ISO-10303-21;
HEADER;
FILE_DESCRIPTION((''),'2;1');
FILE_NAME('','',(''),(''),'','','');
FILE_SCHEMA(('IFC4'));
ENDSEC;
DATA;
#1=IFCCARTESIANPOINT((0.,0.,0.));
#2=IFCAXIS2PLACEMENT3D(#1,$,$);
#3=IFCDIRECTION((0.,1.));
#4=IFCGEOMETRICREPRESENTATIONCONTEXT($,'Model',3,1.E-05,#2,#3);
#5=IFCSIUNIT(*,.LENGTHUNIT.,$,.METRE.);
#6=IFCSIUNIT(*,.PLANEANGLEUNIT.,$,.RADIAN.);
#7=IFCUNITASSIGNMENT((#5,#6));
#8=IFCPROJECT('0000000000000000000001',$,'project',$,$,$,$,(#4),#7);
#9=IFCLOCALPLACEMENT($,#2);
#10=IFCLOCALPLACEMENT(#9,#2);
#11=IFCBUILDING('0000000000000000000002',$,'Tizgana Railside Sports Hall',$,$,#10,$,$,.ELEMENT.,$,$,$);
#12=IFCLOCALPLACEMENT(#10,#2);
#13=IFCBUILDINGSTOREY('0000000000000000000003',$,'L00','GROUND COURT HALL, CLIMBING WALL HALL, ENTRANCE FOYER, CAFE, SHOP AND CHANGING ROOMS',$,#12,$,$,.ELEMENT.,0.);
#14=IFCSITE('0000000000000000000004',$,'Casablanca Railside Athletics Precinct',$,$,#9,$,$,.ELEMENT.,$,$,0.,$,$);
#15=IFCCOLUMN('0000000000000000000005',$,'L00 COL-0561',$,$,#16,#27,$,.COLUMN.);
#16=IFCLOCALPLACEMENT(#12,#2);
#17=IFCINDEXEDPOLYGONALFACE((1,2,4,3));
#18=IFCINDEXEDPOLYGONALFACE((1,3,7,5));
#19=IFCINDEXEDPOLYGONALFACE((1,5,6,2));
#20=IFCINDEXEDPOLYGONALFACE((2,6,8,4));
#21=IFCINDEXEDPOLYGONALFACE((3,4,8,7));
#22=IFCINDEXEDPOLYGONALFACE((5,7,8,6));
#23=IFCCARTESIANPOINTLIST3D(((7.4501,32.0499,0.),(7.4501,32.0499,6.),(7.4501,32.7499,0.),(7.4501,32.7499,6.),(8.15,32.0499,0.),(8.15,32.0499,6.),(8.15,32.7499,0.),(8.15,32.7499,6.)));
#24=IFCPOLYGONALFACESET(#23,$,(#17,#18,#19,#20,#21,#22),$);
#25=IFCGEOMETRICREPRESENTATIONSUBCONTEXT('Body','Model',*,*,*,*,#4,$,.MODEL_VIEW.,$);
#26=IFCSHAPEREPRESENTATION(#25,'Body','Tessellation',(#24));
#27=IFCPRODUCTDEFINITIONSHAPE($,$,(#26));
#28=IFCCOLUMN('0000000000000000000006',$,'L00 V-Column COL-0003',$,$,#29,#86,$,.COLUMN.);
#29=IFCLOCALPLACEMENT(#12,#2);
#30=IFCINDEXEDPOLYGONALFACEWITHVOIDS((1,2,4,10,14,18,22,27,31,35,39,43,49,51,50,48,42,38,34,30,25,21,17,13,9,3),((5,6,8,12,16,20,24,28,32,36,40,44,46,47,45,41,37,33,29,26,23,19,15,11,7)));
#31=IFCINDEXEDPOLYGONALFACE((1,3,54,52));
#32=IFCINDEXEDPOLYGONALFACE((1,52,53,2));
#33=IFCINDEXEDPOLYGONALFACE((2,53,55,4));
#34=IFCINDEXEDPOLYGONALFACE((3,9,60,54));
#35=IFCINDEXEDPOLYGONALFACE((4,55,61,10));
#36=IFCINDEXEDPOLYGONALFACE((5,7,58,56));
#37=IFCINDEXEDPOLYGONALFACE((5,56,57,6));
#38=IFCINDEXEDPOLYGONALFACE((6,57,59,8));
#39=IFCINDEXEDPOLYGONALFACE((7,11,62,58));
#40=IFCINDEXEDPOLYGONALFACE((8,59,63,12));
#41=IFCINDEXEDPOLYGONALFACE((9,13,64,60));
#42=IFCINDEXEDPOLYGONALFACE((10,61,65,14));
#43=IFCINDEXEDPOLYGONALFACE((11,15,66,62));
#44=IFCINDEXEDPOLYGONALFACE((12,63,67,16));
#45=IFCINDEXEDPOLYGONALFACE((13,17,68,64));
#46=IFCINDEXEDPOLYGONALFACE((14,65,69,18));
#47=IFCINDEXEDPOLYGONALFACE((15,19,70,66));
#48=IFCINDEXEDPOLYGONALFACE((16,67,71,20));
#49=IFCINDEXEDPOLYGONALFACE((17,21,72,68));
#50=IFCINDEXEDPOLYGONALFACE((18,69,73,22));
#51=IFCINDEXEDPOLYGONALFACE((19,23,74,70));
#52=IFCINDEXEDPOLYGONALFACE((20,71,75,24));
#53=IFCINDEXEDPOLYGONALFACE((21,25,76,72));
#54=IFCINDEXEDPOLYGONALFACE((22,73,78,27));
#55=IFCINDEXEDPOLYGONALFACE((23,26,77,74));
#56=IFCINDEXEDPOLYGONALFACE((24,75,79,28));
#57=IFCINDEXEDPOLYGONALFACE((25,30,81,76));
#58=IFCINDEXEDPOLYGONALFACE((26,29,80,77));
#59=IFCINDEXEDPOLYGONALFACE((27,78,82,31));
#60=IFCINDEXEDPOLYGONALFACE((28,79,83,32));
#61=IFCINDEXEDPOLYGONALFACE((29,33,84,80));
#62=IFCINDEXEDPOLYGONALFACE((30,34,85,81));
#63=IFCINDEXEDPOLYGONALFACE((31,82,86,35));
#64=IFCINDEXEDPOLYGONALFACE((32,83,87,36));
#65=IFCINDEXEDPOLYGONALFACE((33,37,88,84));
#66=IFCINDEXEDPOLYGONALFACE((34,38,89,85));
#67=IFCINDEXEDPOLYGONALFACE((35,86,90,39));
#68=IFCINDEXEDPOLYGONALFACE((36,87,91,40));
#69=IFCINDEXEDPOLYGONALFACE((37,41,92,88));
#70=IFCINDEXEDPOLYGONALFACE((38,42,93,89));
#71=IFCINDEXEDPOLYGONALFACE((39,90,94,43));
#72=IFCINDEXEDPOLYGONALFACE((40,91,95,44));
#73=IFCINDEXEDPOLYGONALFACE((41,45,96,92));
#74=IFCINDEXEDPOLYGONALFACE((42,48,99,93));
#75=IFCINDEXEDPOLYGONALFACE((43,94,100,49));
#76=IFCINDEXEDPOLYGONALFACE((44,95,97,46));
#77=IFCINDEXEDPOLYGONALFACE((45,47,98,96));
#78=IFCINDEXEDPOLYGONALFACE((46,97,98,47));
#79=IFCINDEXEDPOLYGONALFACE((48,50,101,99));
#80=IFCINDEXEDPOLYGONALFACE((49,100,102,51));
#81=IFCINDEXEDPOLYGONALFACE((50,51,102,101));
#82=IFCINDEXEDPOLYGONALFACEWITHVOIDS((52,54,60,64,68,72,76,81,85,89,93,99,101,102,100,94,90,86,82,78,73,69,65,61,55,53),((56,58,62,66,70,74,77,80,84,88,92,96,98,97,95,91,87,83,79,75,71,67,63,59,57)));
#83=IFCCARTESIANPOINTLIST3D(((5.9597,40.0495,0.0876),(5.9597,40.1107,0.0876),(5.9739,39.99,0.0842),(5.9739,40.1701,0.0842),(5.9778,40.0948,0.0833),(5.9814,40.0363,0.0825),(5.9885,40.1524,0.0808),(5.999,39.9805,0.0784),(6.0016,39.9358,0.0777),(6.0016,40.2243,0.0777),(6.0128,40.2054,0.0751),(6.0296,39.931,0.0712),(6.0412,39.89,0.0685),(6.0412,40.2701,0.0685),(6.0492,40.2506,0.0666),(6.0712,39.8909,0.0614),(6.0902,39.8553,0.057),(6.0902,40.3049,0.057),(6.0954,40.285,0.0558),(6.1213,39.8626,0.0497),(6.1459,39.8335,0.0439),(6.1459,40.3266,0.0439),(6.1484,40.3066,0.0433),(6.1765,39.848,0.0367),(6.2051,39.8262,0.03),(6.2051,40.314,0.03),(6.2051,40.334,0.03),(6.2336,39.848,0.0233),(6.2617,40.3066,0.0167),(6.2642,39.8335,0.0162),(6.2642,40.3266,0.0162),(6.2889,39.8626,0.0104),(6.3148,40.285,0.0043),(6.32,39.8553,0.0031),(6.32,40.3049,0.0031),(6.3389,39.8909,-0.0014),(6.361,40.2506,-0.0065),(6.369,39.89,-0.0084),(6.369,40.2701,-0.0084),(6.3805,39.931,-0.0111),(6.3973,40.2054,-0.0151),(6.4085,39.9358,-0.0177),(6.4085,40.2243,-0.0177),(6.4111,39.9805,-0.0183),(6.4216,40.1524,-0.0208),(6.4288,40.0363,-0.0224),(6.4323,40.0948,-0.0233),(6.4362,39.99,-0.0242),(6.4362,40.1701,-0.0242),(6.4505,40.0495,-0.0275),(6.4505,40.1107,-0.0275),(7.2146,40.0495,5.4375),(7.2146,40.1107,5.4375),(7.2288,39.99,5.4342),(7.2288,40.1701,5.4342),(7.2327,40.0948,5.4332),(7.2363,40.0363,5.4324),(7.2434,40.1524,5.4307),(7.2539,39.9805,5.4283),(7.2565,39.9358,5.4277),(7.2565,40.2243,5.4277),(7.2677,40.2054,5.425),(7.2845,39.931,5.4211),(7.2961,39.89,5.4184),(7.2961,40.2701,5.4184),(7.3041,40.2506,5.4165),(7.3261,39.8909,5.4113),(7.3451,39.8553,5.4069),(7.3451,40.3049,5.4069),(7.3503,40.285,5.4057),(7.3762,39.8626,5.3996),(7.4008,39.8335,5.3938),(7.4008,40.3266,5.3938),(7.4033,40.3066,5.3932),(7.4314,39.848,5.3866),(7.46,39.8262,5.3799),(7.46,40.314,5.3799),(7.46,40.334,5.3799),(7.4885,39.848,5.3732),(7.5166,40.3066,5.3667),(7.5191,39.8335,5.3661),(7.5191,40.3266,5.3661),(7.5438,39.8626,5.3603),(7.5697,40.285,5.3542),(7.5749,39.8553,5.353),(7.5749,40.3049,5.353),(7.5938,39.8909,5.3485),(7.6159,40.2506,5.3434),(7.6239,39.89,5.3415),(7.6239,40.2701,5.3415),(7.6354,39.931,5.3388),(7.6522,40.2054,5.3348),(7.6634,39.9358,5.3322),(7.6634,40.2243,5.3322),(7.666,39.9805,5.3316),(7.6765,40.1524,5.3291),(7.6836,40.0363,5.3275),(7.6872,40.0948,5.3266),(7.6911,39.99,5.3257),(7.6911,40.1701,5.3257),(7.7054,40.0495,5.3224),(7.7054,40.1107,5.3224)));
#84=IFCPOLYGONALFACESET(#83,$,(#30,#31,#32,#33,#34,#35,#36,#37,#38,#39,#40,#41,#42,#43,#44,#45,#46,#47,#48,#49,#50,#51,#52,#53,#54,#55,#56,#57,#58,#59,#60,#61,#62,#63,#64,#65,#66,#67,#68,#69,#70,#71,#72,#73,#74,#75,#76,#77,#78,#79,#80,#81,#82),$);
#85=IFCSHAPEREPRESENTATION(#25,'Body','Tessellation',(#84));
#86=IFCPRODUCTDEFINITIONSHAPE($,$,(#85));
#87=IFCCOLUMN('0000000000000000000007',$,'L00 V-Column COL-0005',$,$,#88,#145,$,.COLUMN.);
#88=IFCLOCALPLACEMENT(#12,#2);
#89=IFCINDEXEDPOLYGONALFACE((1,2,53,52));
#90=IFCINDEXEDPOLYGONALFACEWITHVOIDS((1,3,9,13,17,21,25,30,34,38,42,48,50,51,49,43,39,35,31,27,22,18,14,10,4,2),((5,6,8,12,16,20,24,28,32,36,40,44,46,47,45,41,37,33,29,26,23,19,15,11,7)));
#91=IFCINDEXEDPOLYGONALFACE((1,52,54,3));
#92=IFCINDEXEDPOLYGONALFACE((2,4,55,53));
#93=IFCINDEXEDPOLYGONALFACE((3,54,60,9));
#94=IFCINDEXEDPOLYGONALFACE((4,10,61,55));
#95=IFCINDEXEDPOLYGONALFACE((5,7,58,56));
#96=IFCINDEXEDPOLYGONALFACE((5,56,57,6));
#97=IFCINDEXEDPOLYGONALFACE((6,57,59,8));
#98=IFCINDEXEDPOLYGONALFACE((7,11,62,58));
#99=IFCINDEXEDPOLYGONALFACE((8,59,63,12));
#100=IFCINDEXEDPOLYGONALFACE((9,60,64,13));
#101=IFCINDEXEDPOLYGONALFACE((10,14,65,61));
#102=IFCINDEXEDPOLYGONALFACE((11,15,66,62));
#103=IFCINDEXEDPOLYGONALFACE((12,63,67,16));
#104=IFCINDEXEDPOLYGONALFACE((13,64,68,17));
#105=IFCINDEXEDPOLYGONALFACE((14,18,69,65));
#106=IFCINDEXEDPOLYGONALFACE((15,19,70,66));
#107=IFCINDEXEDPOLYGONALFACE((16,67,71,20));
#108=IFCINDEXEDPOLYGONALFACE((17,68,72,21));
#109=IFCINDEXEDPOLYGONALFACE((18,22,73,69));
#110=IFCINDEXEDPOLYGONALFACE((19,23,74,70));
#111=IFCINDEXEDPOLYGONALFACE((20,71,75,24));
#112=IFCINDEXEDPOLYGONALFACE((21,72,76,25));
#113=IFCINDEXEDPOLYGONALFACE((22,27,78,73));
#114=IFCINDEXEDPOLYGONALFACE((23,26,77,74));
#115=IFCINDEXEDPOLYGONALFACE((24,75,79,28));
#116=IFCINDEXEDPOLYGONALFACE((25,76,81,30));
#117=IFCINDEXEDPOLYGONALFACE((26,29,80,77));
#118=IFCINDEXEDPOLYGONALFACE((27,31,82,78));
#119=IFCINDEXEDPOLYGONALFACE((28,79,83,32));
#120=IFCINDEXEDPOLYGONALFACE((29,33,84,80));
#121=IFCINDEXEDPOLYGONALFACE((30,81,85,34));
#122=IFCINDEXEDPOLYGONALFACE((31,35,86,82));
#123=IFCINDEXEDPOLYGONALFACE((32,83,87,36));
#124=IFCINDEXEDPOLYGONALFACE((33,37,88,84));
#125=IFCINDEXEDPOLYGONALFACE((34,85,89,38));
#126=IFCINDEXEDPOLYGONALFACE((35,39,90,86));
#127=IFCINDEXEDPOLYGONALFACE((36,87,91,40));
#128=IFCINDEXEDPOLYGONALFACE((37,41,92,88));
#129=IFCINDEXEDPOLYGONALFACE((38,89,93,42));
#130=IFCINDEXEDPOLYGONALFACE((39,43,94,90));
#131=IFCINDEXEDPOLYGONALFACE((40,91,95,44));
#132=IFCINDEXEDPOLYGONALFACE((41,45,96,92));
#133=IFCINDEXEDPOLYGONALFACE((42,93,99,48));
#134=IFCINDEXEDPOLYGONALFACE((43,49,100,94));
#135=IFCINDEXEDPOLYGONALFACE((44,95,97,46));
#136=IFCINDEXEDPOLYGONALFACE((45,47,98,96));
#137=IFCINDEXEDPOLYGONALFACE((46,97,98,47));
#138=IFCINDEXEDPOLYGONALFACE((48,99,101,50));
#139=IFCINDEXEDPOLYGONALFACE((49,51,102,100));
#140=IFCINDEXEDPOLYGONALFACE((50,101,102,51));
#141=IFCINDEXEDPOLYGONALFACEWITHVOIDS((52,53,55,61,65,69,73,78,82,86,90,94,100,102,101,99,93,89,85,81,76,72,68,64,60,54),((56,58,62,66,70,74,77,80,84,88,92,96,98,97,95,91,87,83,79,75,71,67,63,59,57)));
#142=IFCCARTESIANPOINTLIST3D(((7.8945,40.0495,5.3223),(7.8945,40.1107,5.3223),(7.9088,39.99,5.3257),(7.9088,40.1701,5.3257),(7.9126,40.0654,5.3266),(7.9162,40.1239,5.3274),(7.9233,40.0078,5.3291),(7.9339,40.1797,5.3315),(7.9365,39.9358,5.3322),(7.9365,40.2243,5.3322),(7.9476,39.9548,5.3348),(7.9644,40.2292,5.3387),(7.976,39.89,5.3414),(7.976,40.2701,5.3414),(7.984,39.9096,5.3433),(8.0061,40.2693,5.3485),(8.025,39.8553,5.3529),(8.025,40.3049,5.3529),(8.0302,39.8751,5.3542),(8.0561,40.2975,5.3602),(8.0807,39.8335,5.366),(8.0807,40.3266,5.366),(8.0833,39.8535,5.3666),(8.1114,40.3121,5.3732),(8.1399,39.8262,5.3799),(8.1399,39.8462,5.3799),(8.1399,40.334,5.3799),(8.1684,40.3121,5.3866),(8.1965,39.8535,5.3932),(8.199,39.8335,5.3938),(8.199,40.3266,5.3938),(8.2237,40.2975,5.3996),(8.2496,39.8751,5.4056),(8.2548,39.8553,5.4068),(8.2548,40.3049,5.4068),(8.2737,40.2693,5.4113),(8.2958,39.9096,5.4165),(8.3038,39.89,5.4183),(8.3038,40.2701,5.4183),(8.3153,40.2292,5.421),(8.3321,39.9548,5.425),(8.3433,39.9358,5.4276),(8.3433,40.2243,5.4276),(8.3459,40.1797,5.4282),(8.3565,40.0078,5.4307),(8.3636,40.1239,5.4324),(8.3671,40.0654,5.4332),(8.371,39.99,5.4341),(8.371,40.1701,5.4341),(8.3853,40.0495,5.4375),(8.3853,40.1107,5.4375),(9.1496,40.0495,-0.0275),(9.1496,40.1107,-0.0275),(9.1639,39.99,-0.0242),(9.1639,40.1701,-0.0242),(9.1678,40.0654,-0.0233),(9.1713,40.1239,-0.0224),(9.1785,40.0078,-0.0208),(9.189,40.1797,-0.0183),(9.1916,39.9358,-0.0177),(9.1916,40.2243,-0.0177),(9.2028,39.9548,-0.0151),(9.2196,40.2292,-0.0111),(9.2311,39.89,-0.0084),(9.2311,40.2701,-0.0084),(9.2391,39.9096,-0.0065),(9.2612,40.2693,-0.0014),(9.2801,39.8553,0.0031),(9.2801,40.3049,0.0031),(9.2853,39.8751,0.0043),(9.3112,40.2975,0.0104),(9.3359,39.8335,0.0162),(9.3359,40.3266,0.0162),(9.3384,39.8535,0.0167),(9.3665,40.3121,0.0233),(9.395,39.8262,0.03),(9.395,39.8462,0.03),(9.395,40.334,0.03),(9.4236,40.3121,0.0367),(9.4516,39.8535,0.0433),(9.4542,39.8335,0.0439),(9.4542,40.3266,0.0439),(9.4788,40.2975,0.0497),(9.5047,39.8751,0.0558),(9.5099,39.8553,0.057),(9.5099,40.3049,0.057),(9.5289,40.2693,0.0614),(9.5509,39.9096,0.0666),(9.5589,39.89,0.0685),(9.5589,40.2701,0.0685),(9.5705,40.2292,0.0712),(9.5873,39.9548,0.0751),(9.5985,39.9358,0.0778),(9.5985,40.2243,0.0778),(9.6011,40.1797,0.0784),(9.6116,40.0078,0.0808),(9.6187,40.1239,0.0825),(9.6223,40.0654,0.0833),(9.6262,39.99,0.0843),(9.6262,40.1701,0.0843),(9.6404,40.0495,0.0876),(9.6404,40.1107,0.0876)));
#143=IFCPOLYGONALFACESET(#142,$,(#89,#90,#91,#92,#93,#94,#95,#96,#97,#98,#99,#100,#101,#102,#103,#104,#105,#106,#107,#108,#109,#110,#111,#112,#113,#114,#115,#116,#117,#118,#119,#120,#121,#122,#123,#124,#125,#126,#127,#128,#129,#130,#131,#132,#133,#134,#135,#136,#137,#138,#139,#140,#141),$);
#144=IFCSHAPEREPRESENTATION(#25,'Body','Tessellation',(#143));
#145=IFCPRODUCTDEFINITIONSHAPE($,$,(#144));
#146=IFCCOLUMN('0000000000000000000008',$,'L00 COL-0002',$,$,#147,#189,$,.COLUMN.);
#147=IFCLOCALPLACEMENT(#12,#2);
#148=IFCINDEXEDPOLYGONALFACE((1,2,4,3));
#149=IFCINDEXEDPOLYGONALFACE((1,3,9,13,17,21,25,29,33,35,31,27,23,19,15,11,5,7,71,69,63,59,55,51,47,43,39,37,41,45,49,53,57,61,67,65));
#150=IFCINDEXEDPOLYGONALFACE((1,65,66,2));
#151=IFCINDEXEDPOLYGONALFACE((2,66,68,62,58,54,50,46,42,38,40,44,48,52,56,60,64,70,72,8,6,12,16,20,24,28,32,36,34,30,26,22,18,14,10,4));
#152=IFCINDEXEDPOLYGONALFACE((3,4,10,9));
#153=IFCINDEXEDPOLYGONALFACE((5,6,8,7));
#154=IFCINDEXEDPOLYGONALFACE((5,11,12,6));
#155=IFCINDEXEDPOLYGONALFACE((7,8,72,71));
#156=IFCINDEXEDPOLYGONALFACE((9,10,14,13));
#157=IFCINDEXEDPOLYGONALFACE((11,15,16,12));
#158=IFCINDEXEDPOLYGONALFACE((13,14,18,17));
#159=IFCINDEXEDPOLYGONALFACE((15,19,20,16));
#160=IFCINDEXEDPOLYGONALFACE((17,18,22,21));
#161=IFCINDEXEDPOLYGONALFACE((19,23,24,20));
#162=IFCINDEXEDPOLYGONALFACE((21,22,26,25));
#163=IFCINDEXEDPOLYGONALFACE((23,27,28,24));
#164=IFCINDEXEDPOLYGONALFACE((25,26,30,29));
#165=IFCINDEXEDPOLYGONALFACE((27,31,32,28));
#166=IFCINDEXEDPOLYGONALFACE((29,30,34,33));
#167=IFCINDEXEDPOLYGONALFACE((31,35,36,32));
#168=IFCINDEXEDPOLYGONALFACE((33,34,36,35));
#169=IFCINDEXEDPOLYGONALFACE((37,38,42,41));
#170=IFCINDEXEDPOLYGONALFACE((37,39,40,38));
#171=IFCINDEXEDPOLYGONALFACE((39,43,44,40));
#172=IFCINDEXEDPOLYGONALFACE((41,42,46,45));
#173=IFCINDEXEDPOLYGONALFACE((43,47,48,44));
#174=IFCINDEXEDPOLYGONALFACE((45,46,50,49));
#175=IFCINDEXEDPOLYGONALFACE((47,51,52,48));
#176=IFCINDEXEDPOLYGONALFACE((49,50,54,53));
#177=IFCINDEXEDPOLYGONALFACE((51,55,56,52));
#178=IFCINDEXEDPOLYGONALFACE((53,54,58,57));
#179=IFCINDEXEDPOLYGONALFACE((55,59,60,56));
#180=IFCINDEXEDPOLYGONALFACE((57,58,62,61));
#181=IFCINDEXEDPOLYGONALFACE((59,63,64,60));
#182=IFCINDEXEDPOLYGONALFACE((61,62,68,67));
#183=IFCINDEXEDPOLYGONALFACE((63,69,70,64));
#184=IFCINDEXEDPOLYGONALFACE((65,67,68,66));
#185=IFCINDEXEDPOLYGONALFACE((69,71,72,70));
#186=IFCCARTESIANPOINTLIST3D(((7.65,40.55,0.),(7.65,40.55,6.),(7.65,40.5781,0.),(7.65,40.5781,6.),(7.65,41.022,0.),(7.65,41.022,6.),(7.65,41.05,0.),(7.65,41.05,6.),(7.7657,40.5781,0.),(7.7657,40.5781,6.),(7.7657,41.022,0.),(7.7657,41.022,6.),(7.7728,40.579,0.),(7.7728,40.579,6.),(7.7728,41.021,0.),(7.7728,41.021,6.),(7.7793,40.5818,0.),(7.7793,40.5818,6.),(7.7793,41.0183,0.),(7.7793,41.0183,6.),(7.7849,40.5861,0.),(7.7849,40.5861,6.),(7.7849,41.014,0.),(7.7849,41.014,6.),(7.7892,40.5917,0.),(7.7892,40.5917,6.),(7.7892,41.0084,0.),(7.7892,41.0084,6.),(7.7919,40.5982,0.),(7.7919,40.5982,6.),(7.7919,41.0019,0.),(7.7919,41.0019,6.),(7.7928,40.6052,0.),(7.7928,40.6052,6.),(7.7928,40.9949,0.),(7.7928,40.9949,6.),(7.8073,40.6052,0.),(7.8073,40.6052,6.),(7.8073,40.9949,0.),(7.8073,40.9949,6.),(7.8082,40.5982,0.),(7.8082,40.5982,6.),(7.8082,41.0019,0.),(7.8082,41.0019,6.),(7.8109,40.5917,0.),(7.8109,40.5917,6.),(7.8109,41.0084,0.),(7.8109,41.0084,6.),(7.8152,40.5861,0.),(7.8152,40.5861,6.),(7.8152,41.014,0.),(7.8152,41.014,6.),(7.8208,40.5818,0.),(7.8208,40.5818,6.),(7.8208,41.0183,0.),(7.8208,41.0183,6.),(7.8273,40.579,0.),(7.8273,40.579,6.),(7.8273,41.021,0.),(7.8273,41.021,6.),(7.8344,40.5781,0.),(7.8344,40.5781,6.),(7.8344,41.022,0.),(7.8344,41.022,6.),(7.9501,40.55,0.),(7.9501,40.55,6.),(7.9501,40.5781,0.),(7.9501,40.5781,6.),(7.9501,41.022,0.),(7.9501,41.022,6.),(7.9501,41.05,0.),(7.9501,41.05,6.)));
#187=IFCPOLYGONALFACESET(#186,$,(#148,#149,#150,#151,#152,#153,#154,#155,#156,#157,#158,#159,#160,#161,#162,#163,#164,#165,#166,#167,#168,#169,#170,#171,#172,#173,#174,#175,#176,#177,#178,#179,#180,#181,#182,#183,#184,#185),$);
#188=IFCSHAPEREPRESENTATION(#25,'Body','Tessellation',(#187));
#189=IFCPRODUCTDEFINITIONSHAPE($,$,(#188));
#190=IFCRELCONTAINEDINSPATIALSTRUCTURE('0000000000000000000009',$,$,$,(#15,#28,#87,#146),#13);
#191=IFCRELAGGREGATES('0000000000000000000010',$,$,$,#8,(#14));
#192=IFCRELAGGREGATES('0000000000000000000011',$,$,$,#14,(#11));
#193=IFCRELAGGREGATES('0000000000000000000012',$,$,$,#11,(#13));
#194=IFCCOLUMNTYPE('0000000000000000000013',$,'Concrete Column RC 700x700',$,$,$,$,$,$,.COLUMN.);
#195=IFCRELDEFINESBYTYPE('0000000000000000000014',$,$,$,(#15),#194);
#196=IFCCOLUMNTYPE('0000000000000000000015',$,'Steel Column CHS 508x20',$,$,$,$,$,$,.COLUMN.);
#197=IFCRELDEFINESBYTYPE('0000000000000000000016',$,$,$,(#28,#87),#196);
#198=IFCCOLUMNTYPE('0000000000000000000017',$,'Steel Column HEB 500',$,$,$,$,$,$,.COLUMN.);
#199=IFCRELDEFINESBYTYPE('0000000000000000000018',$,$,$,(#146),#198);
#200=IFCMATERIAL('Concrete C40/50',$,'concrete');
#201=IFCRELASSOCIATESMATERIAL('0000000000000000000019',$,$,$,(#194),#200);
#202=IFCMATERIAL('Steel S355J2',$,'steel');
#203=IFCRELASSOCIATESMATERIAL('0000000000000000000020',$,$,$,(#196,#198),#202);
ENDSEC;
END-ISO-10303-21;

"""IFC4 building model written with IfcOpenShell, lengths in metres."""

from ifc_helpers import new_model, si_unit, direction, frame, origin, origin_2d, place, context, subcontext, project, spatial, rectangle, hollow_circle, i_section, extrude, material, material_profile, profile_set, type_object, element, save


model = new_model("IFC4")

# Units and contexts
model_context = context("Model", 3, precision=1e-05, world=origin(), true_north=direction((0.0, 1.0)))
body_context = subcontext(model_context, "Body", "Model", "MODEL_VIEW")
ifc_project = project(units=[si_unit("LENGTHUNIT", "METRE"), si_unit("PLANEANGLEUNIT", "RADIAN")], contexts=[model_context])

# Site, building, storey
site_placement = place(None, origin())
site = spatial("IfcSite", under=ifc_project, at=site_placement, Name="Casablanca Railside Athletics Precinct", CompositionType="ELEMENT", RefElevation=0.0)
building_placement = place(site_placement, origin())
building = spatial("IfcBuilding", under=site, at=building_placement, Name="Tizgana Railside Sports Hall", CompositionType="ELEMENT")
storey_placement = place(building_placement, origin())
storey = spatial("IfcBuildingStorey", under=building, at=storey_placement, Name="L00", Description="GROUND COURT HALL, CLIMBING WALL HALL, ENTRANCE FOYER, CAFE, SHOP AND CHANGING ROOMS", CompositionType="ELEMENT", Elevation=0.0)

# Columns
ifc_material_1 = material(Name="Concrete C40/50", Category="concrete")
ifc_material_profile_1 = material_profile(ifc_material_1, rectangle(XDim=0.7, YDim=0.7, at=origin_2d()), Name="RC 700x700")
ifc_profile_set_1 = profile_set([ifc_material_profile_1], Name="Concrete C40/50")
column_type_1 = type_object("IfcColumnType", Name="Concrete Column RC 700x700", PredefinedType="COLUMN", material=ifc_profile_set_1)
column_1_placement = place(storey_placement, frame((7.8, 32.3999, 0.0), z_axis=(0.0, 0.0, 1.0), x_axis=(1.0, 0.0, 0.0)))
element("IfcColumn", 1, at=column_1_placement, inside=storey, type_object=column_type_1, Name="L00 COL-0561", PredefinedType="COLUMN", context=body_context, shape_type="SweptSolid", body=[
    extrude(rectangle(XDim=0.7, YDim=0.7, at=origin_2d()), origin(), (0.0, 0.0, 1.0), 6.0),
])
ifc_material_2 = material(Name="Steel S355J2", Category="steel")
ifc_material_profile_2 = material_profile(ifc_material_2, hollow_circle(Radius=0.2539, WallThickness=0.02, at=origin_2d()), Name="CHS 508x20")
ifc_profile_set_2 = profile_set([ifc_material_profile_2], Name="Steel S355J2")
column_type_2 = type_object("IfcColumnType", Name="Steel Column CHS 508x20", PredefinedType="COLUMN", material=ifc_profile_set_2)
for number, where, z_axis, x_axis, name in (
    (2, (6.2051, 40.0801, 0.03), (0.228366, 0.0, 0.973575), (0.0, 1.0, 0.0), "L00 V-Column COL-0003"),
    (3, (9.395, 40.0801, 0.03), (-0.228408, 0.0, 0.973566), (0.0, -1.0, 0.0), "L00 V-Column COL-0005"),
):
    element("IfcColumn", number, at=place(storey_placement, frame(where, z_axis=z_axis, x_axis=x_axis)), inside=storey, type_object=column_type_2, Name=name, PredefinedType="COLUMN", context=body_context, shape_type="SweptSolid", body=[
        extrude(hollow_circle(Radius=0.2539, WallThickness=0.02, at=origin_2d()), origin(), (0.0, 0.0, 1.0), 5.4951),
    ])
ifc_material_profile_3 = material_profile(ifc_material_2, i_section(OverallWidth=0.3, OverallDepth=0.5, WebThickness=0.0144, FlangeThickness=0.0281, FilletRadius=0.0271, at=origin_2d()), Name="HEB 500")
ifc_profile_set_3 = profile_set([ifc_material_profile_3], Name="Steel S355J2")
column_type_3 = type_object("IfcColumnType", Name="Steel Column HEB 500", PredefinedType="COLUMN", material=ifc_profile_set_3)
column_2_placement = place(storey_placement, frame((7.8, 40.8, 0.0), z_axis=(0.0, 0.0, 1.0), x_axis=(1.0, 0.0, 0.0)))
element("IfcColumn", 4, at=column_2_placement, inside=storey, type_object=column_type_3, Name="L00 COL-0002", PredefinedType="COLUMN", context=body_context, shape_type="SweptSolid", body=[
    extrude(i_section(OverallWidth=0.3, OverallDepth=0.5, WebThickness=0.0144, FlangeThickness=0.0281, FilletRadius=0.0271, at=origin_2d()), origin(), (0.0, 0.0, 1.0), 6.0),
])

save(model, "model.ifc")
